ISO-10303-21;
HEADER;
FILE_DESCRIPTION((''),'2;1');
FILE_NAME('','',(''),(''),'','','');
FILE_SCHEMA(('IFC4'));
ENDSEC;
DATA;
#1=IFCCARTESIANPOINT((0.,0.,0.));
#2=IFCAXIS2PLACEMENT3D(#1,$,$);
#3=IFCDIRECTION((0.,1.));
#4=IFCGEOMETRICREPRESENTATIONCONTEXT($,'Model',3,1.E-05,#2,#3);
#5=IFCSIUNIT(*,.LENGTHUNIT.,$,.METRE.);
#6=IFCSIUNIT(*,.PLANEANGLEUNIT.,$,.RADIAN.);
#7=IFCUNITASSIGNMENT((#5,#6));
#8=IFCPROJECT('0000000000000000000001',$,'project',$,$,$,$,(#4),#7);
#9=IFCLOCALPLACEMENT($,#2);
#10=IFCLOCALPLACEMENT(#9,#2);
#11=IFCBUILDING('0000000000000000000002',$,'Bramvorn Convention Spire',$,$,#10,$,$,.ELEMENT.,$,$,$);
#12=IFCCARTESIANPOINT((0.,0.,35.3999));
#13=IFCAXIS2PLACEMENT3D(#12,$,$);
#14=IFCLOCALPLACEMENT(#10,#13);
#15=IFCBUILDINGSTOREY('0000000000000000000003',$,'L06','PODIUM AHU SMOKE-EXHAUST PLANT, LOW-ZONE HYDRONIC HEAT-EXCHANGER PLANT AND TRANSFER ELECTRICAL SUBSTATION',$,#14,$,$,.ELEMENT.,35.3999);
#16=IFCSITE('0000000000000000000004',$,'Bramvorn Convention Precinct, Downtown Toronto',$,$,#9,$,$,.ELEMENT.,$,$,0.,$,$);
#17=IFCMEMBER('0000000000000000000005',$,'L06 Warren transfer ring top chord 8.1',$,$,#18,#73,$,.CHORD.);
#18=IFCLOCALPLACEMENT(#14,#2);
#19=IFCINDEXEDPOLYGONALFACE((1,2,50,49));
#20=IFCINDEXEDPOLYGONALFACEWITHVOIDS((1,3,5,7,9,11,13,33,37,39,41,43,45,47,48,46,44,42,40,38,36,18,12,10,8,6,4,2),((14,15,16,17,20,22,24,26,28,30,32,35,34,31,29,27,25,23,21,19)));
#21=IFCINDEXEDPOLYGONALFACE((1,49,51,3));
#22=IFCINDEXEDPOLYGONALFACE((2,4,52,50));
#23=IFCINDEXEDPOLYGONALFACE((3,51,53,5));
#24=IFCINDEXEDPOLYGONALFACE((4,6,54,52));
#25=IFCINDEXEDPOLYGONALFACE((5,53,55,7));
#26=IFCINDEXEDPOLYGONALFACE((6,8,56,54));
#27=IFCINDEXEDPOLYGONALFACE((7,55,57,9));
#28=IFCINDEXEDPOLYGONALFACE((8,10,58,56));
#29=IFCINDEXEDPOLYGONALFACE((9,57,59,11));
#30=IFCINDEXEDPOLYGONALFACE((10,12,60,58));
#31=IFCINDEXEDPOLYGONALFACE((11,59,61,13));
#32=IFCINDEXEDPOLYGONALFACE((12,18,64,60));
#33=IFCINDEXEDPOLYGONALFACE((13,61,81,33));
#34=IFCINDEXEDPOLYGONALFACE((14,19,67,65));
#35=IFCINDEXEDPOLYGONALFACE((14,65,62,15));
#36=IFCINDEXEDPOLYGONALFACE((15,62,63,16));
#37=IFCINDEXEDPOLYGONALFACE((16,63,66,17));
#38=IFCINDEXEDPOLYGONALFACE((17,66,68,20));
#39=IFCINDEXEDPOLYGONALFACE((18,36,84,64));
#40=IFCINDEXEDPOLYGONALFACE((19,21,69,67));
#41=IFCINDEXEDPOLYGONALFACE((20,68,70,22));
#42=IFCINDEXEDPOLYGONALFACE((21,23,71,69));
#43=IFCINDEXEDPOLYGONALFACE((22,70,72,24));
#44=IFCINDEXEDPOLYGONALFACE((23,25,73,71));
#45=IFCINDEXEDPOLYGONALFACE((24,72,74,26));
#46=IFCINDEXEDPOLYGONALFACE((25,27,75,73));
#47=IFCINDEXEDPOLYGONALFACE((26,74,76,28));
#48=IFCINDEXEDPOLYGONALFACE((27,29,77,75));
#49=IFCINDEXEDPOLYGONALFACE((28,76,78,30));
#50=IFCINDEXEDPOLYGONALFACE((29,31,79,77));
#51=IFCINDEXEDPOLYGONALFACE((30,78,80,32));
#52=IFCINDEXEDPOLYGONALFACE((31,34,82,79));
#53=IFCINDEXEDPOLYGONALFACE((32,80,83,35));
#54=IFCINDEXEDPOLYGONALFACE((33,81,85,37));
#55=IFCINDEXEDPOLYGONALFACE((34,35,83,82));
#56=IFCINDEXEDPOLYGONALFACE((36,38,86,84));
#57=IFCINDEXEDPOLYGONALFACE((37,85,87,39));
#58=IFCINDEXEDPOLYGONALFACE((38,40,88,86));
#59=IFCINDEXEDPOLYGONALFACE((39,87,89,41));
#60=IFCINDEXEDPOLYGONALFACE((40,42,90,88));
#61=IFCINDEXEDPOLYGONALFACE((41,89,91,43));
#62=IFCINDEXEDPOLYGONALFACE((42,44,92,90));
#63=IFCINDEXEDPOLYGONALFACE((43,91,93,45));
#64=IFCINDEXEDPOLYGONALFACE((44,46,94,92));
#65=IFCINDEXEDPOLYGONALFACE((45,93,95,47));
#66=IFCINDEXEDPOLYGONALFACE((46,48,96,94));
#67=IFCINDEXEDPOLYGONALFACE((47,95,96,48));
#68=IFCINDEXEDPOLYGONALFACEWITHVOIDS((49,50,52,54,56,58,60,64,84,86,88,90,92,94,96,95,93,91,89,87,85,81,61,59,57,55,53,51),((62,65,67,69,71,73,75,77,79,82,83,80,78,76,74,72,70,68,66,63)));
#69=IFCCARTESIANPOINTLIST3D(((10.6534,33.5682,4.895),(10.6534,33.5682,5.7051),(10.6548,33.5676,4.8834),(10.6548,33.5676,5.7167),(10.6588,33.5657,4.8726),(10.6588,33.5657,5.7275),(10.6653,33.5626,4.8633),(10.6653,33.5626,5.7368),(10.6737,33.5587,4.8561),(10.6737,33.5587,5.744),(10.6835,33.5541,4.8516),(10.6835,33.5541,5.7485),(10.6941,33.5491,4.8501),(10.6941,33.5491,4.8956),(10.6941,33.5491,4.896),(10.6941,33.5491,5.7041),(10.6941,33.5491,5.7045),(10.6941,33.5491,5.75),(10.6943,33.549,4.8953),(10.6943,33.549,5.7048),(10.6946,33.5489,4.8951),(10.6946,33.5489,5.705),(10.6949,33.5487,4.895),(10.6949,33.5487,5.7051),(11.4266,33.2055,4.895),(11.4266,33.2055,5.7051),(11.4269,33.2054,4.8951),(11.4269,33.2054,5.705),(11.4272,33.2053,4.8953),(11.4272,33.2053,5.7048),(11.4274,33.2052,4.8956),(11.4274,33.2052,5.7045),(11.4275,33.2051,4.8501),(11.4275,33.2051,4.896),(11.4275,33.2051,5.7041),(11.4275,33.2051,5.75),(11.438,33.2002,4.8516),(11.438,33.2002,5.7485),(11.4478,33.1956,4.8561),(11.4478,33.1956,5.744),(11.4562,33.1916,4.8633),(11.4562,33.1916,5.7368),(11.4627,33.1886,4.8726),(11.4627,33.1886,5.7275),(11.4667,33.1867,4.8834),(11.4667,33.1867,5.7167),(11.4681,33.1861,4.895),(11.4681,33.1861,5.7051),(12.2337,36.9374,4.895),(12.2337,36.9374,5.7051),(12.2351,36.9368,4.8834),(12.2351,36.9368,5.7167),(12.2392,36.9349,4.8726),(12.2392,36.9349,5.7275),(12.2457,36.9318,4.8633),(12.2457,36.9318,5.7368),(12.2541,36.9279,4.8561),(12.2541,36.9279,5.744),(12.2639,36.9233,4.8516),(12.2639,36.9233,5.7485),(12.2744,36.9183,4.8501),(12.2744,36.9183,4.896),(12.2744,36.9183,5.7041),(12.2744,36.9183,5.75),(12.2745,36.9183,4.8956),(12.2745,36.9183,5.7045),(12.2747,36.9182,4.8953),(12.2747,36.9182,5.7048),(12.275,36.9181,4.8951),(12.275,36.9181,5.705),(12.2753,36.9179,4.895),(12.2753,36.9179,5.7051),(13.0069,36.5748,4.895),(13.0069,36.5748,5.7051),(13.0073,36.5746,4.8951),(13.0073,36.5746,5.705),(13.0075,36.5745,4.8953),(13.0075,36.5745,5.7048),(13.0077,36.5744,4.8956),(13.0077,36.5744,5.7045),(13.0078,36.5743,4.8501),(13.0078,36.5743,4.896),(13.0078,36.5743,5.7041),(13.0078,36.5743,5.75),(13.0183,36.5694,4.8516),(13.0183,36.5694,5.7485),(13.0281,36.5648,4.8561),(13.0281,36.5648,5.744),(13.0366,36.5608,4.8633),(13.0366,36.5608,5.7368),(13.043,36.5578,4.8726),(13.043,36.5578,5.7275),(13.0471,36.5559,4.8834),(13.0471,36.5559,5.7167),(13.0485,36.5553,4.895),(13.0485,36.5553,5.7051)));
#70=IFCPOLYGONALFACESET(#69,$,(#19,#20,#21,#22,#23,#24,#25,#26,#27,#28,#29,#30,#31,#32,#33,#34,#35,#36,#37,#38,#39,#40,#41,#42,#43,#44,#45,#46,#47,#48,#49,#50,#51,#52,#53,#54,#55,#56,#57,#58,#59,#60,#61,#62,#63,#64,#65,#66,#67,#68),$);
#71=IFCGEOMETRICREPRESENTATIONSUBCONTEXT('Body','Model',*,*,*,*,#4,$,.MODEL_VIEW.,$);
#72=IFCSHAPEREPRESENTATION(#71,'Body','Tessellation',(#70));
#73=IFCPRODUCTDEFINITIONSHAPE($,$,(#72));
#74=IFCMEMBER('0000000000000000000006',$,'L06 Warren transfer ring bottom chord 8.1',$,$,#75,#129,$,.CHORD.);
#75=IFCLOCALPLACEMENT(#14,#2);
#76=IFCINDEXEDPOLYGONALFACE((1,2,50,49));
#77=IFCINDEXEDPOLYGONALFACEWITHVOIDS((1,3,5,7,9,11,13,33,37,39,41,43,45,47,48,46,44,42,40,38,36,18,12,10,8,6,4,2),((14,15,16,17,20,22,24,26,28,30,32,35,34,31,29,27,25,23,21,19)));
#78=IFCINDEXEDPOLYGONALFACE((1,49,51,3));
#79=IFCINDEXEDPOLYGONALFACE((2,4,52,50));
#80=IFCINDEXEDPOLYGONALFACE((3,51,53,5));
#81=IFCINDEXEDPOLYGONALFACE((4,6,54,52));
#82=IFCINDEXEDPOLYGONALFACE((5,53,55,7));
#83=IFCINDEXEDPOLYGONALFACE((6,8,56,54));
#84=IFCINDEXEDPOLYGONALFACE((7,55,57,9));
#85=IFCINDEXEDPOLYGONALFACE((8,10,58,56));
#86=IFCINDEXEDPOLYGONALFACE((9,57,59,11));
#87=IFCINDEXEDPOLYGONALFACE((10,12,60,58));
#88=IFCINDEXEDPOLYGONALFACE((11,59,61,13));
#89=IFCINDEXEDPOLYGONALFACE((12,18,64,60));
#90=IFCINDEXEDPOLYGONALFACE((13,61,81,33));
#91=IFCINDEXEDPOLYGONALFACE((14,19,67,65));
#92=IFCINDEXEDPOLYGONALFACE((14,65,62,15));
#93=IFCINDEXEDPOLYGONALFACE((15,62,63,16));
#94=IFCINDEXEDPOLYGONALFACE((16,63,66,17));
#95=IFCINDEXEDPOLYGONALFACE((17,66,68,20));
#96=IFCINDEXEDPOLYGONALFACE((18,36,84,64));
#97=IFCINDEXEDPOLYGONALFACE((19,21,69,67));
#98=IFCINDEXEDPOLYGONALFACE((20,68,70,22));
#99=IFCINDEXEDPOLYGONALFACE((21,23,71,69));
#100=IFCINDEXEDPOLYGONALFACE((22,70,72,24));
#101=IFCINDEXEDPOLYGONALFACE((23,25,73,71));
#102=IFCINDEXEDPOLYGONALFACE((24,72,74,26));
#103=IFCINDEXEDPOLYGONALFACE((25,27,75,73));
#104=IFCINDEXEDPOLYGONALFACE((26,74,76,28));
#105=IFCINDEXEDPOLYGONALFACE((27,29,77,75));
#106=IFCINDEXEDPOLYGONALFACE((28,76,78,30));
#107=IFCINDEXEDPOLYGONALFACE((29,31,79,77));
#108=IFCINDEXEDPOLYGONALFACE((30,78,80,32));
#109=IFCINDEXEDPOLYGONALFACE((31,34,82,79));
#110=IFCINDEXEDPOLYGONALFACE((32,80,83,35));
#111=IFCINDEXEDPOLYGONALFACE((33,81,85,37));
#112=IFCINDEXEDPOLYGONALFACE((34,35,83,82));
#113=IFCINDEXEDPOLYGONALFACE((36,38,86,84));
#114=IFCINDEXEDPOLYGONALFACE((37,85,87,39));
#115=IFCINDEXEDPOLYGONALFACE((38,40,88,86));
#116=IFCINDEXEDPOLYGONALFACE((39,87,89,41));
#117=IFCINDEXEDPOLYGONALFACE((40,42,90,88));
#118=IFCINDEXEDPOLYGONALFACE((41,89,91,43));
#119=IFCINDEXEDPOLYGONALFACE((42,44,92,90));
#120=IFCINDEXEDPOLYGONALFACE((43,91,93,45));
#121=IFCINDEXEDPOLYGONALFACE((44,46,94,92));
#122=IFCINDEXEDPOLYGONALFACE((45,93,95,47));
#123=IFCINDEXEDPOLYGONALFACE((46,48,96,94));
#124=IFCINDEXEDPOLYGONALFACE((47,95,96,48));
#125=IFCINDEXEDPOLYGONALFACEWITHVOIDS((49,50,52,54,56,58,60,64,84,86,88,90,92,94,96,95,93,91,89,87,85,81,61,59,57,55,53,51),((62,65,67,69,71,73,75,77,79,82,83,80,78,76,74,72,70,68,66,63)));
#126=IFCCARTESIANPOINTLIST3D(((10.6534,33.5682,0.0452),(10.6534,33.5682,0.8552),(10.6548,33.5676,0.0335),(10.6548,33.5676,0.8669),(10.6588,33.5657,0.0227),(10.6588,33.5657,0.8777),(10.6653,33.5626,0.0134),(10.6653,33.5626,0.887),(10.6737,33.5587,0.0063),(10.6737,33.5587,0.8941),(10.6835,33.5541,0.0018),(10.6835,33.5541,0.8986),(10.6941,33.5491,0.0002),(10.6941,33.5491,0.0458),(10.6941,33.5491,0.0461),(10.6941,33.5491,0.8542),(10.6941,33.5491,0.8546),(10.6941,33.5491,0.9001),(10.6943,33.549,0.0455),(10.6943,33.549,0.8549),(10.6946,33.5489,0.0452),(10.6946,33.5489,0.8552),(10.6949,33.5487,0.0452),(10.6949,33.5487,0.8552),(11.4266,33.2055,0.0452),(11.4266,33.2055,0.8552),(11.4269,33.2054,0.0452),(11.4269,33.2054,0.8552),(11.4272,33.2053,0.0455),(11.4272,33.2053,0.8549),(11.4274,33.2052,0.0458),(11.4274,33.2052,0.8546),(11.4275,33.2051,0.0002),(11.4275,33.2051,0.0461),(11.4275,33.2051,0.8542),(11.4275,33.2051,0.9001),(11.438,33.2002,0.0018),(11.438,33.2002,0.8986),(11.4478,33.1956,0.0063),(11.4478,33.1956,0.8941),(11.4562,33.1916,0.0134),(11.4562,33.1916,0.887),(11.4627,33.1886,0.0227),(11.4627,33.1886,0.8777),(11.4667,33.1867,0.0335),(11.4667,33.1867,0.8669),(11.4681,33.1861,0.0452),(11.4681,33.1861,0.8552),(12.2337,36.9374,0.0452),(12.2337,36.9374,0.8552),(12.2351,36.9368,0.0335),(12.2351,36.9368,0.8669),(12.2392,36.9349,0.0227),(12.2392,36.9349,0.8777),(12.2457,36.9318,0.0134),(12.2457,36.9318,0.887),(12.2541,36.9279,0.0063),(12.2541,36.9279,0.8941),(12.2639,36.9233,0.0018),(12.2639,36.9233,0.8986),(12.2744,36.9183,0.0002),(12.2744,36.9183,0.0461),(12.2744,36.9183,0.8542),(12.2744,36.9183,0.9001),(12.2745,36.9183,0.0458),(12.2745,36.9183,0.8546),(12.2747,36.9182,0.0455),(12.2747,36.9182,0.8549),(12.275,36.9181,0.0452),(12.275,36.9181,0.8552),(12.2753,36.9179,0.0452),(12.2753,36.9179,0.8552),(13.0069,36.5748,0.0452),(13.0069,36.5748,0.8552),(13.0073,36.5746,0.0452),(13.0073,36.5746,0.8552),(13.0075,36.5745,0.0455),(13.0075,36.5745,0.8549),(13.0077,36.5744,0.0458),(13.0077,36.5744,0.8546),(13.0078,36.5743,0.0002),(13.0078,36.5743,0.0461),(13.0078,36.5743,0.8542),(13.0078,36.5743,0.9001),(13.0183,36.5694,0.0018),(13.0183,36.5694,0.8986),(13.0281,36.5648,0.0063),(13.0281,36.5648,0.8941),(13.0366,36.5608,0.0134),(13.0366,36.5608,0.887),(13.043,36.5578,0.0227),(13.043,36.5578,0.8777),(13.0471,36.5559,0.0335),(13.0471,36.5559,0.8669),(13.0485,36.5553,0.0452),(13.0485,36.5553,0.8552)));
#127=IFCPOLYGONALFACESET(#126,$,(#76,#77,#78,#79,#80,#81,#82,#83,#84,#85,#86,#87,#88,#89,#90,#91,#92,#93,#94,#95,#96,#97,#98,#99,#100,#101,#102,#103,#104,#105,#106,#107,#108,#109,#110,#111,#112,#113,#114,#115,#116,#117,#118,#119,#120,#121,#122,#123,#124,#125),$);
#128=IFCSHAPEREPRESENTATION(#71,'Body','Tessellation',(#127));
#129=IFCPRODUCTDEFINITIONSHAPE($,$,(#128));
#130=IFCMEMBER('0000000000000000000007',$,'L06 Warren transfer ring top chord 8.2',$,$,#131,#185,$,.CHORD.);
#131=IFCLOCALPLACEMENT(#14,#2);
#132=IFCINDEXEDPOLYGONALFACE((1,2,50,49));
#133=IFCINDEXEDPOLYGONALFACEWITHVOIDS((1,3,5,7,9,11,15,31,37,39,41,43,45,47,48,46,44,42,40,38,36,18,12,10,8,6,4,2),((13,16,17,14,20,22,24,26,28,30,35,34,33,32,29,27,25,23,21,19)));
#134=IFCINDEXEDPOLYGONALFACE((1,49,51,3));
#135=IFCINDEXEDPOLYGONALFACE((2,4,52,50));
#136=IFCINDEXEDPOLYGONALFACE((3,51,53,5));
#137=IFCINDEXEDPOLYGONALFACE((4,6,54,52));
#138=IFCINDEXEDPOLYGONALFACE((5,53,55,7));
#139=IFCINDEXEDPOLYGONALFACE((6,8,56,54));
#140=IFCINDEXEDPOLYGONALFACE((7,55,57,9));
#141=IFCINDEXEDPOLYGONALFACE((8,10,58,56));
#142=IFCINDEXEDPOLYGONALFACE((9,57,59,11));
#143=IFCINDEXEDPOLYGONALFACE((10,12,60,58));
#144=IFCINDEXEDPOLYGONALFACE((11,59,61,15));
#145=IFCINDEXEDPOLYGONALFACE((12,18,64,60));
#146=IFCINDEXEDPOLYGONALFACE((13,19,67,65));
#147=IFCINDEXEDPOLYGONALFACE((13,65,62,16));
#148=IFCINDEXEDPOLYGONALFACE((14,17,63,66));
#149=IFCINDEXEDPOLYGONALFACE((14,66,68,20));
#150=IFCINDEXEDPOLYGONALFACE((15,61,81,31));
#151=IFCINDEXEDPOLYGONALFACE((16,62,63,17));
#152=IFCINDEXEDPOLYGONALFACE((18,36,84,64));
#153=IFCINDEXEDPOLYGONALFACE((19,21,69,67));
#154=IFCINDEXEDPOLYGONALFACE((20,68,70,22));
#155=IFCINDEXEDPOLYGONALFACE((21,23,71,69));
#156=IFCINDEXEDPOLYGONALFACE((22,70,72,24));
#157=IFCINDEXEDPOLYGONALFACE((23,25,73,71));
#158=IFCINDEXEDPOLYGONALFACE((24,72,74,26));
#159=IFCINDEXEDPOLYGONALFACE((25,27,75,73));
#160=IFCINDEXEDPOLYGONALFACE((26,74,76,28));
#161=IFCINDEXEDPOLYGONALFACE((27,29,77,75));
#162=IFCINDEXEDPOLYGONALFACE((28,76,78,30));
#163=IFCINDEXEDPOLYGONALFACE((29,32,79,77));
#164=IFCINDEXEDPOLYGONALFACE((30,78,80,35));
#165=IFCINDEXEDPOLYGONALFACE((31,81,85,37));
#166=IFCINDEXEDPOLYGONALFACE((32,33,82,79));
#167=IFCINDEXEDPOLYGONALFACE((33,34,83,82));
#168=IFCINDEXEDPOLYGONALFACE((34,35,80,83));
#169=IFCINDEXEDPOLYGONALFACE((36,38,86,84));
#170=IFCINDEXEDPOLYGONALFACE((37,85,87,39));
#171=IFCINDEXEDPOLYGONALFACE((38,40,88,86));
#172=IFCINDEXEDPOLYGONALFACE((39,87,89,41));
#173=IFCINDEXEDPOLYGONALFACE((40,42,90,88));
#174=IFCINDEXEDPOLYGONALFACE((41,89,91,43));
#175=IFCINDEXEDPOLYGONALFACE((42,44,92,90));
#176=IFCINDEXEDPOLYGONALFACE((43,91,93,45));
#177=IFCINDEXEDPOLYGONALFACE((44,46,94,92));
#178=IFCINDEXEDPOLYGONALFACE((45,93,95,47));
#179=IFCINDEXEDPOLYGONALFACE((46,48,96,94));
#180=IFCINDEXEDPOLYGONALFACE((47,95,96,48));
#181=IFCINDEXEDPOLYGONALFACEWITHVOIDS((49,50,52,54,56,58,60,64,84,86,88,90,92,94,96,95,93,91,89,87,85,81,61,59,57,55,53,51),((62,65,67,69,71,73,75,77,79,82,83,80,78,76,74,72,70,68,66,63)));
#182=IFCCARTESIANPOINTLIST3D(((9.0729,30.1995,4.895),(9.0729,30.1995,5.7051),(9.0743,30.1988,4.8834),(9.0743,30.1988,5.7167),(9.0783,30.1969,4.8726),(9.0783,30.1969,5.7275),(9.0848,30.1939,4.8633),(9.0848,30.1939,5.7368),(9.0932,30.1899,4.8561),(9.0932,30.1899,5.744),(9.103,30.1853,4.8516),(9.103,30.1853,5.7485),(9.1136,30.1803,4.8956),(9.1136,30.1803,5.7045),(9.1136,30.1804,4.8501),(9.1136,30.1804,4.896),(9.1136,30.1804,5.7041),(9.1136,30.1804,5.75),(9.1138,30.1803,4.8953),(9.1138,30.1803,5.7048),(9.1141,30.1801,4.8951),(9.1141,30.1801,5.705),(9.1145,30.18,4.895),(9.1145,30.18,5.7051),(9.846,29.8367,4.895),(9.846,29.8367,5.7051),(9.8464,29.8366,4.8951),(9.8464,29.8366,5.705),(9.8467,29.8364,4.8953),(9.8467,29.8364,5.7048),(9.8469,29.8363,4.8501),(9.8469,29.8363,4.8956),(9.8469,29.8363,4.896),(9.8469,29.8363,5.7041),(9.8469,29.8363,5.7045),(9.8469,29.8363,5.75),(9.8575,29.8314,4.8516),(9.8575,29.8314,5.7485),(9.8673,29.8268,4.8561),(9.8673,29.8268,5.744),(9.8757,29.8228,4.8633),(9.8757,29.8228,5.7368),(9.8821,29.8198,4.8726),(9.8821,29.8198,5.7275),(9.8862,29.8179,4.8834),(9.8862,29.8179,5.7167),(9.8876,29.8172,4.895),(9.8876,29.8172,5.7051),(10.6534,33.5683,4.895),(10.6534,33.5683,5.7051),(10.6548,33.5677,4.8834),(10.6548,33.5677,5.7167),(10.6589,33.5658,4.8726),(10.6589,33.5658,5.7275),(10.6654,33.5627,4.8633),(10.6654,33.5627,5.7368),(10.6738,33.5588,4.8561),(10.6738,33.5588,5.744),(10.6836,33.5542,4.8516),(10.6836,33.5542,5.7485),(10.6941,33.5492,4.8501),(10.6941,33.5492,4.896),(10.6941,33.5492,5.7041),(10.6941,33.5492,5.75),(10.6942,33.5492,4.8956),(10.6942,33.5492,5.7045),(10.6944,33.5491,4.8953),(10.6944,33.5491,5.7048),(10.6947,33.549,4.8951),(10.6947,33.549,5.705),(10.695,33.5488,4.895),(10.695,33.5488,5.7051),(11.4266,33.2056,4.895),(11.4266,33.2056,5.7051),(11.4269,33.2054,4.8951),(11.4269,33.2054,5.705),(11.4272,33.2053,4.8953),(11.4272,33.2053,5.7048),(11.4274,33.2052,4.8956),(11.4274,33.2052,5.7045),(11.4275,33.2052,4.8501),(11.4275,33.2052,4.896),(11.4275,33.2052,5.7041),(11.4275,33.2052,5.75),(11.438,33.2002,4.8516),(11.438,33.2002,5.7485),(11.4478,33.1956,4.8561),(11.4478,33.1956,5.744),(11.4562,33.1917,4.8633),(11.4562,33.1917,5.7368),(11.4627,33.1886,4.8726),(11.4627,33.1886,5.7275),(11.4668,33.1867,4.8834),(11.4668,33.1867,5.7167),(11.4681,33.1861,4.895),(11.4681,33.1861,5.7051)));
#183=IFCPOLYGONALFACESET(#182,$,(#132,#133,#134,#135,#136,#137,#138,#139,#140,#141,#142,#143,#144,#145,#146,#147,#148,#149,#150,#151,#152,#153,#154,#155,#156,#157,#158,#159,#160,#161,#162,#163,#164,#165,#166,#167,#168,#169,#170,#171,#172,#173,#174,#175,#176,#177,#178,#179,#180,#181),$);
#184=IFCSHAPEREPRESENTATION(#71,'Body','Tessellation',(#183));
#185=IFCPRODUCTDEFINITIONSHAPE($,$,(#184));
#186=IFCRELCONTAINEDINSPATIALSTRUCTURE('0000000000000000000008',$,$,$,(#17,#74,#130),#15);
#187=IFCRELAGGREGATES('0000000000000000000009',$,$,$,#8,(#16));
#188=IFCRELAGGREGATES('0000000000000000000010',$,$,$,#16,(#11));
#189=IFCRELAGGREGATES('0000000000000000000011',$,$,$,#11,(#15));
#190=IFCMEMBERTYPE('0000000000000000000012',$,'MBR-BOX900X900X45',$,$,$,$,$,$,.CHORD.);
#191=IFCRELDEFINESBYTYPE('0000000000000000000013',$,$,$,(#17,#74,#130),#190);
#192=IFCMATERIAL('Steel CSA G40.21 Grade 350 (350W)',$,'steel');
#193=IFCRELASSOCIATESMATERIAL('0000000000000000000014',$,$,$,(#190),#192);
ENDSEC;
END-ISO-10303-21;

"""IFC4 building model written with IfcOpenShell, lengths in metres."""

from ifc_helpers import new_model, si_unit, direction, frame, origin, origin_2d, place, context, subcontext, project, spatial, hollow_rectangle, extrude, material, material_profile, profile_set, type_object, element, save


model = new_model("IFC4")

# Units and contexts
model_context = context("Model", 3, precision=1e-05, world=origin(), true_north=direction((0.0, 1.0)))
body_context = subcontext(model_context, "Body", "Model", "MODEL_VIEW")
ifc_project = project(units=[si_unit("LENGTHUNIT", "METRE"), si_unit("PLANEANGLEUNIT", "RADIAN")], contexts=[model_context])

# Site, building, storey
site_placement = place(None, origin())
site = spatial("IfcSite", under=ifc_project, at=site_placement, Name="Bramvorn Convention Precinct, Downtown Toronto", CompositionType="ELEMENT", RefElevation=0.0)
building_placement = place(site_placement, origin())
building = spatial("IfcBuilding", under=site, at=building_placement, Name="Bramvorn Convention Spire", CompositionType="ELEMENT")
storey_placement = place(building_placement, frame((0.0, 0.0, 35.3999)))
storey = spatial("IfcBuildingStorey", under=building, at=storey_placement, Name="L06", Description="PODIUM AHU SMOKE-EXHAUST PLANT, LOW-ZONE HYDRONIC HEAT-EXCHANGER PLANT AND TRANSFER ELECTRICAL SUBSTATION", CompositionType="ELEMENT", Elevation=35.3999)

# Shared definitions
ifc_material_1 = material(Name="Steel CSA G40.21 Grade 350 (350W)", Category="steel")

# Members
ifc_material_profile_1 = material_profile(ifc_material_1, hollow_rectangle(XDim=0.8999, YDim=0.8999, WallThickness=0.0449, InnerFilletRadius=0.001, OuterFilletRadius=0.0449, at=origin_2d()))
ifc_profile_set_1 = profile_set([ifc_material_profile_1], Name="Steel CSA G40.21 Grade 350 (350W) - BOX900X900X45")
member_type_1 = type_object("IfcMemberType", Name="MBR-BOX900X900X45", PredefinedType="CHORD", material=ifc_profile_set_1)
for number, where, z_axis, x_axis, name in (
    (1, (12.6411, 36.7463, 5.3), (-0.424662, -0.905352, 0.0), (0.905352, -0.424662, 0.0), "L06 Warren transfer ring top chord 8.1"),
    (2, (12.6411, 36.7463, 0.4502), (-0.424662, -0.905352, 0.0), (0.905352, -0.424662, 0.0), "L06 Warren transfer ring bottom chord 8.1"),
):
    element("IfcMember", number, at=place(storey_placement, frame(where, z_axis=z_axis, x_axis=x_axis)), inside=storey, type_object=member_type_1, Name=name, PredefinedType="CHORD", context=body_context, shape_type="SweptSolid", body=[
        extrude(hollow_rectangle(XDim=0.8999, YDim=0.8999, WallThickness=0.0449, InnerFilletRadius=0.001, OuterFilletRadius=0.0449, at=origin_2d()), origin(), (0.0, 0.0, 1.0), 3.7214),
    ])
for number, where, z_axis, x_axis, name in (
    (3, (11.0608, 33.3772, 5.3), (-0.424741, -0.905315, 0.0), (0.905315, -0.424741, 0.0), "L06 Warren transfer ring top chord 8.2"),
):
    element("IfcMember", number, at=place(storey_placement, frame(where, z_axis=z_axis, x_axis=x_axis)), inside=storey, type_object=member_type_1, Name=name, PredefinedType="CHORD", context=body_context, shape_type="SweptSolid", body=[
        extrude(hollow_rectangle(XDim=0.8999, YDim=0.8999, WallThickness=0.0449, InnerFilletRadius=0.001, OuterFilletRadius=0.0449, at=origin_2d()), origin(), (0.0, 0.0, 1.0), 3.7212),
    ])

save(model, "model.ifc")
